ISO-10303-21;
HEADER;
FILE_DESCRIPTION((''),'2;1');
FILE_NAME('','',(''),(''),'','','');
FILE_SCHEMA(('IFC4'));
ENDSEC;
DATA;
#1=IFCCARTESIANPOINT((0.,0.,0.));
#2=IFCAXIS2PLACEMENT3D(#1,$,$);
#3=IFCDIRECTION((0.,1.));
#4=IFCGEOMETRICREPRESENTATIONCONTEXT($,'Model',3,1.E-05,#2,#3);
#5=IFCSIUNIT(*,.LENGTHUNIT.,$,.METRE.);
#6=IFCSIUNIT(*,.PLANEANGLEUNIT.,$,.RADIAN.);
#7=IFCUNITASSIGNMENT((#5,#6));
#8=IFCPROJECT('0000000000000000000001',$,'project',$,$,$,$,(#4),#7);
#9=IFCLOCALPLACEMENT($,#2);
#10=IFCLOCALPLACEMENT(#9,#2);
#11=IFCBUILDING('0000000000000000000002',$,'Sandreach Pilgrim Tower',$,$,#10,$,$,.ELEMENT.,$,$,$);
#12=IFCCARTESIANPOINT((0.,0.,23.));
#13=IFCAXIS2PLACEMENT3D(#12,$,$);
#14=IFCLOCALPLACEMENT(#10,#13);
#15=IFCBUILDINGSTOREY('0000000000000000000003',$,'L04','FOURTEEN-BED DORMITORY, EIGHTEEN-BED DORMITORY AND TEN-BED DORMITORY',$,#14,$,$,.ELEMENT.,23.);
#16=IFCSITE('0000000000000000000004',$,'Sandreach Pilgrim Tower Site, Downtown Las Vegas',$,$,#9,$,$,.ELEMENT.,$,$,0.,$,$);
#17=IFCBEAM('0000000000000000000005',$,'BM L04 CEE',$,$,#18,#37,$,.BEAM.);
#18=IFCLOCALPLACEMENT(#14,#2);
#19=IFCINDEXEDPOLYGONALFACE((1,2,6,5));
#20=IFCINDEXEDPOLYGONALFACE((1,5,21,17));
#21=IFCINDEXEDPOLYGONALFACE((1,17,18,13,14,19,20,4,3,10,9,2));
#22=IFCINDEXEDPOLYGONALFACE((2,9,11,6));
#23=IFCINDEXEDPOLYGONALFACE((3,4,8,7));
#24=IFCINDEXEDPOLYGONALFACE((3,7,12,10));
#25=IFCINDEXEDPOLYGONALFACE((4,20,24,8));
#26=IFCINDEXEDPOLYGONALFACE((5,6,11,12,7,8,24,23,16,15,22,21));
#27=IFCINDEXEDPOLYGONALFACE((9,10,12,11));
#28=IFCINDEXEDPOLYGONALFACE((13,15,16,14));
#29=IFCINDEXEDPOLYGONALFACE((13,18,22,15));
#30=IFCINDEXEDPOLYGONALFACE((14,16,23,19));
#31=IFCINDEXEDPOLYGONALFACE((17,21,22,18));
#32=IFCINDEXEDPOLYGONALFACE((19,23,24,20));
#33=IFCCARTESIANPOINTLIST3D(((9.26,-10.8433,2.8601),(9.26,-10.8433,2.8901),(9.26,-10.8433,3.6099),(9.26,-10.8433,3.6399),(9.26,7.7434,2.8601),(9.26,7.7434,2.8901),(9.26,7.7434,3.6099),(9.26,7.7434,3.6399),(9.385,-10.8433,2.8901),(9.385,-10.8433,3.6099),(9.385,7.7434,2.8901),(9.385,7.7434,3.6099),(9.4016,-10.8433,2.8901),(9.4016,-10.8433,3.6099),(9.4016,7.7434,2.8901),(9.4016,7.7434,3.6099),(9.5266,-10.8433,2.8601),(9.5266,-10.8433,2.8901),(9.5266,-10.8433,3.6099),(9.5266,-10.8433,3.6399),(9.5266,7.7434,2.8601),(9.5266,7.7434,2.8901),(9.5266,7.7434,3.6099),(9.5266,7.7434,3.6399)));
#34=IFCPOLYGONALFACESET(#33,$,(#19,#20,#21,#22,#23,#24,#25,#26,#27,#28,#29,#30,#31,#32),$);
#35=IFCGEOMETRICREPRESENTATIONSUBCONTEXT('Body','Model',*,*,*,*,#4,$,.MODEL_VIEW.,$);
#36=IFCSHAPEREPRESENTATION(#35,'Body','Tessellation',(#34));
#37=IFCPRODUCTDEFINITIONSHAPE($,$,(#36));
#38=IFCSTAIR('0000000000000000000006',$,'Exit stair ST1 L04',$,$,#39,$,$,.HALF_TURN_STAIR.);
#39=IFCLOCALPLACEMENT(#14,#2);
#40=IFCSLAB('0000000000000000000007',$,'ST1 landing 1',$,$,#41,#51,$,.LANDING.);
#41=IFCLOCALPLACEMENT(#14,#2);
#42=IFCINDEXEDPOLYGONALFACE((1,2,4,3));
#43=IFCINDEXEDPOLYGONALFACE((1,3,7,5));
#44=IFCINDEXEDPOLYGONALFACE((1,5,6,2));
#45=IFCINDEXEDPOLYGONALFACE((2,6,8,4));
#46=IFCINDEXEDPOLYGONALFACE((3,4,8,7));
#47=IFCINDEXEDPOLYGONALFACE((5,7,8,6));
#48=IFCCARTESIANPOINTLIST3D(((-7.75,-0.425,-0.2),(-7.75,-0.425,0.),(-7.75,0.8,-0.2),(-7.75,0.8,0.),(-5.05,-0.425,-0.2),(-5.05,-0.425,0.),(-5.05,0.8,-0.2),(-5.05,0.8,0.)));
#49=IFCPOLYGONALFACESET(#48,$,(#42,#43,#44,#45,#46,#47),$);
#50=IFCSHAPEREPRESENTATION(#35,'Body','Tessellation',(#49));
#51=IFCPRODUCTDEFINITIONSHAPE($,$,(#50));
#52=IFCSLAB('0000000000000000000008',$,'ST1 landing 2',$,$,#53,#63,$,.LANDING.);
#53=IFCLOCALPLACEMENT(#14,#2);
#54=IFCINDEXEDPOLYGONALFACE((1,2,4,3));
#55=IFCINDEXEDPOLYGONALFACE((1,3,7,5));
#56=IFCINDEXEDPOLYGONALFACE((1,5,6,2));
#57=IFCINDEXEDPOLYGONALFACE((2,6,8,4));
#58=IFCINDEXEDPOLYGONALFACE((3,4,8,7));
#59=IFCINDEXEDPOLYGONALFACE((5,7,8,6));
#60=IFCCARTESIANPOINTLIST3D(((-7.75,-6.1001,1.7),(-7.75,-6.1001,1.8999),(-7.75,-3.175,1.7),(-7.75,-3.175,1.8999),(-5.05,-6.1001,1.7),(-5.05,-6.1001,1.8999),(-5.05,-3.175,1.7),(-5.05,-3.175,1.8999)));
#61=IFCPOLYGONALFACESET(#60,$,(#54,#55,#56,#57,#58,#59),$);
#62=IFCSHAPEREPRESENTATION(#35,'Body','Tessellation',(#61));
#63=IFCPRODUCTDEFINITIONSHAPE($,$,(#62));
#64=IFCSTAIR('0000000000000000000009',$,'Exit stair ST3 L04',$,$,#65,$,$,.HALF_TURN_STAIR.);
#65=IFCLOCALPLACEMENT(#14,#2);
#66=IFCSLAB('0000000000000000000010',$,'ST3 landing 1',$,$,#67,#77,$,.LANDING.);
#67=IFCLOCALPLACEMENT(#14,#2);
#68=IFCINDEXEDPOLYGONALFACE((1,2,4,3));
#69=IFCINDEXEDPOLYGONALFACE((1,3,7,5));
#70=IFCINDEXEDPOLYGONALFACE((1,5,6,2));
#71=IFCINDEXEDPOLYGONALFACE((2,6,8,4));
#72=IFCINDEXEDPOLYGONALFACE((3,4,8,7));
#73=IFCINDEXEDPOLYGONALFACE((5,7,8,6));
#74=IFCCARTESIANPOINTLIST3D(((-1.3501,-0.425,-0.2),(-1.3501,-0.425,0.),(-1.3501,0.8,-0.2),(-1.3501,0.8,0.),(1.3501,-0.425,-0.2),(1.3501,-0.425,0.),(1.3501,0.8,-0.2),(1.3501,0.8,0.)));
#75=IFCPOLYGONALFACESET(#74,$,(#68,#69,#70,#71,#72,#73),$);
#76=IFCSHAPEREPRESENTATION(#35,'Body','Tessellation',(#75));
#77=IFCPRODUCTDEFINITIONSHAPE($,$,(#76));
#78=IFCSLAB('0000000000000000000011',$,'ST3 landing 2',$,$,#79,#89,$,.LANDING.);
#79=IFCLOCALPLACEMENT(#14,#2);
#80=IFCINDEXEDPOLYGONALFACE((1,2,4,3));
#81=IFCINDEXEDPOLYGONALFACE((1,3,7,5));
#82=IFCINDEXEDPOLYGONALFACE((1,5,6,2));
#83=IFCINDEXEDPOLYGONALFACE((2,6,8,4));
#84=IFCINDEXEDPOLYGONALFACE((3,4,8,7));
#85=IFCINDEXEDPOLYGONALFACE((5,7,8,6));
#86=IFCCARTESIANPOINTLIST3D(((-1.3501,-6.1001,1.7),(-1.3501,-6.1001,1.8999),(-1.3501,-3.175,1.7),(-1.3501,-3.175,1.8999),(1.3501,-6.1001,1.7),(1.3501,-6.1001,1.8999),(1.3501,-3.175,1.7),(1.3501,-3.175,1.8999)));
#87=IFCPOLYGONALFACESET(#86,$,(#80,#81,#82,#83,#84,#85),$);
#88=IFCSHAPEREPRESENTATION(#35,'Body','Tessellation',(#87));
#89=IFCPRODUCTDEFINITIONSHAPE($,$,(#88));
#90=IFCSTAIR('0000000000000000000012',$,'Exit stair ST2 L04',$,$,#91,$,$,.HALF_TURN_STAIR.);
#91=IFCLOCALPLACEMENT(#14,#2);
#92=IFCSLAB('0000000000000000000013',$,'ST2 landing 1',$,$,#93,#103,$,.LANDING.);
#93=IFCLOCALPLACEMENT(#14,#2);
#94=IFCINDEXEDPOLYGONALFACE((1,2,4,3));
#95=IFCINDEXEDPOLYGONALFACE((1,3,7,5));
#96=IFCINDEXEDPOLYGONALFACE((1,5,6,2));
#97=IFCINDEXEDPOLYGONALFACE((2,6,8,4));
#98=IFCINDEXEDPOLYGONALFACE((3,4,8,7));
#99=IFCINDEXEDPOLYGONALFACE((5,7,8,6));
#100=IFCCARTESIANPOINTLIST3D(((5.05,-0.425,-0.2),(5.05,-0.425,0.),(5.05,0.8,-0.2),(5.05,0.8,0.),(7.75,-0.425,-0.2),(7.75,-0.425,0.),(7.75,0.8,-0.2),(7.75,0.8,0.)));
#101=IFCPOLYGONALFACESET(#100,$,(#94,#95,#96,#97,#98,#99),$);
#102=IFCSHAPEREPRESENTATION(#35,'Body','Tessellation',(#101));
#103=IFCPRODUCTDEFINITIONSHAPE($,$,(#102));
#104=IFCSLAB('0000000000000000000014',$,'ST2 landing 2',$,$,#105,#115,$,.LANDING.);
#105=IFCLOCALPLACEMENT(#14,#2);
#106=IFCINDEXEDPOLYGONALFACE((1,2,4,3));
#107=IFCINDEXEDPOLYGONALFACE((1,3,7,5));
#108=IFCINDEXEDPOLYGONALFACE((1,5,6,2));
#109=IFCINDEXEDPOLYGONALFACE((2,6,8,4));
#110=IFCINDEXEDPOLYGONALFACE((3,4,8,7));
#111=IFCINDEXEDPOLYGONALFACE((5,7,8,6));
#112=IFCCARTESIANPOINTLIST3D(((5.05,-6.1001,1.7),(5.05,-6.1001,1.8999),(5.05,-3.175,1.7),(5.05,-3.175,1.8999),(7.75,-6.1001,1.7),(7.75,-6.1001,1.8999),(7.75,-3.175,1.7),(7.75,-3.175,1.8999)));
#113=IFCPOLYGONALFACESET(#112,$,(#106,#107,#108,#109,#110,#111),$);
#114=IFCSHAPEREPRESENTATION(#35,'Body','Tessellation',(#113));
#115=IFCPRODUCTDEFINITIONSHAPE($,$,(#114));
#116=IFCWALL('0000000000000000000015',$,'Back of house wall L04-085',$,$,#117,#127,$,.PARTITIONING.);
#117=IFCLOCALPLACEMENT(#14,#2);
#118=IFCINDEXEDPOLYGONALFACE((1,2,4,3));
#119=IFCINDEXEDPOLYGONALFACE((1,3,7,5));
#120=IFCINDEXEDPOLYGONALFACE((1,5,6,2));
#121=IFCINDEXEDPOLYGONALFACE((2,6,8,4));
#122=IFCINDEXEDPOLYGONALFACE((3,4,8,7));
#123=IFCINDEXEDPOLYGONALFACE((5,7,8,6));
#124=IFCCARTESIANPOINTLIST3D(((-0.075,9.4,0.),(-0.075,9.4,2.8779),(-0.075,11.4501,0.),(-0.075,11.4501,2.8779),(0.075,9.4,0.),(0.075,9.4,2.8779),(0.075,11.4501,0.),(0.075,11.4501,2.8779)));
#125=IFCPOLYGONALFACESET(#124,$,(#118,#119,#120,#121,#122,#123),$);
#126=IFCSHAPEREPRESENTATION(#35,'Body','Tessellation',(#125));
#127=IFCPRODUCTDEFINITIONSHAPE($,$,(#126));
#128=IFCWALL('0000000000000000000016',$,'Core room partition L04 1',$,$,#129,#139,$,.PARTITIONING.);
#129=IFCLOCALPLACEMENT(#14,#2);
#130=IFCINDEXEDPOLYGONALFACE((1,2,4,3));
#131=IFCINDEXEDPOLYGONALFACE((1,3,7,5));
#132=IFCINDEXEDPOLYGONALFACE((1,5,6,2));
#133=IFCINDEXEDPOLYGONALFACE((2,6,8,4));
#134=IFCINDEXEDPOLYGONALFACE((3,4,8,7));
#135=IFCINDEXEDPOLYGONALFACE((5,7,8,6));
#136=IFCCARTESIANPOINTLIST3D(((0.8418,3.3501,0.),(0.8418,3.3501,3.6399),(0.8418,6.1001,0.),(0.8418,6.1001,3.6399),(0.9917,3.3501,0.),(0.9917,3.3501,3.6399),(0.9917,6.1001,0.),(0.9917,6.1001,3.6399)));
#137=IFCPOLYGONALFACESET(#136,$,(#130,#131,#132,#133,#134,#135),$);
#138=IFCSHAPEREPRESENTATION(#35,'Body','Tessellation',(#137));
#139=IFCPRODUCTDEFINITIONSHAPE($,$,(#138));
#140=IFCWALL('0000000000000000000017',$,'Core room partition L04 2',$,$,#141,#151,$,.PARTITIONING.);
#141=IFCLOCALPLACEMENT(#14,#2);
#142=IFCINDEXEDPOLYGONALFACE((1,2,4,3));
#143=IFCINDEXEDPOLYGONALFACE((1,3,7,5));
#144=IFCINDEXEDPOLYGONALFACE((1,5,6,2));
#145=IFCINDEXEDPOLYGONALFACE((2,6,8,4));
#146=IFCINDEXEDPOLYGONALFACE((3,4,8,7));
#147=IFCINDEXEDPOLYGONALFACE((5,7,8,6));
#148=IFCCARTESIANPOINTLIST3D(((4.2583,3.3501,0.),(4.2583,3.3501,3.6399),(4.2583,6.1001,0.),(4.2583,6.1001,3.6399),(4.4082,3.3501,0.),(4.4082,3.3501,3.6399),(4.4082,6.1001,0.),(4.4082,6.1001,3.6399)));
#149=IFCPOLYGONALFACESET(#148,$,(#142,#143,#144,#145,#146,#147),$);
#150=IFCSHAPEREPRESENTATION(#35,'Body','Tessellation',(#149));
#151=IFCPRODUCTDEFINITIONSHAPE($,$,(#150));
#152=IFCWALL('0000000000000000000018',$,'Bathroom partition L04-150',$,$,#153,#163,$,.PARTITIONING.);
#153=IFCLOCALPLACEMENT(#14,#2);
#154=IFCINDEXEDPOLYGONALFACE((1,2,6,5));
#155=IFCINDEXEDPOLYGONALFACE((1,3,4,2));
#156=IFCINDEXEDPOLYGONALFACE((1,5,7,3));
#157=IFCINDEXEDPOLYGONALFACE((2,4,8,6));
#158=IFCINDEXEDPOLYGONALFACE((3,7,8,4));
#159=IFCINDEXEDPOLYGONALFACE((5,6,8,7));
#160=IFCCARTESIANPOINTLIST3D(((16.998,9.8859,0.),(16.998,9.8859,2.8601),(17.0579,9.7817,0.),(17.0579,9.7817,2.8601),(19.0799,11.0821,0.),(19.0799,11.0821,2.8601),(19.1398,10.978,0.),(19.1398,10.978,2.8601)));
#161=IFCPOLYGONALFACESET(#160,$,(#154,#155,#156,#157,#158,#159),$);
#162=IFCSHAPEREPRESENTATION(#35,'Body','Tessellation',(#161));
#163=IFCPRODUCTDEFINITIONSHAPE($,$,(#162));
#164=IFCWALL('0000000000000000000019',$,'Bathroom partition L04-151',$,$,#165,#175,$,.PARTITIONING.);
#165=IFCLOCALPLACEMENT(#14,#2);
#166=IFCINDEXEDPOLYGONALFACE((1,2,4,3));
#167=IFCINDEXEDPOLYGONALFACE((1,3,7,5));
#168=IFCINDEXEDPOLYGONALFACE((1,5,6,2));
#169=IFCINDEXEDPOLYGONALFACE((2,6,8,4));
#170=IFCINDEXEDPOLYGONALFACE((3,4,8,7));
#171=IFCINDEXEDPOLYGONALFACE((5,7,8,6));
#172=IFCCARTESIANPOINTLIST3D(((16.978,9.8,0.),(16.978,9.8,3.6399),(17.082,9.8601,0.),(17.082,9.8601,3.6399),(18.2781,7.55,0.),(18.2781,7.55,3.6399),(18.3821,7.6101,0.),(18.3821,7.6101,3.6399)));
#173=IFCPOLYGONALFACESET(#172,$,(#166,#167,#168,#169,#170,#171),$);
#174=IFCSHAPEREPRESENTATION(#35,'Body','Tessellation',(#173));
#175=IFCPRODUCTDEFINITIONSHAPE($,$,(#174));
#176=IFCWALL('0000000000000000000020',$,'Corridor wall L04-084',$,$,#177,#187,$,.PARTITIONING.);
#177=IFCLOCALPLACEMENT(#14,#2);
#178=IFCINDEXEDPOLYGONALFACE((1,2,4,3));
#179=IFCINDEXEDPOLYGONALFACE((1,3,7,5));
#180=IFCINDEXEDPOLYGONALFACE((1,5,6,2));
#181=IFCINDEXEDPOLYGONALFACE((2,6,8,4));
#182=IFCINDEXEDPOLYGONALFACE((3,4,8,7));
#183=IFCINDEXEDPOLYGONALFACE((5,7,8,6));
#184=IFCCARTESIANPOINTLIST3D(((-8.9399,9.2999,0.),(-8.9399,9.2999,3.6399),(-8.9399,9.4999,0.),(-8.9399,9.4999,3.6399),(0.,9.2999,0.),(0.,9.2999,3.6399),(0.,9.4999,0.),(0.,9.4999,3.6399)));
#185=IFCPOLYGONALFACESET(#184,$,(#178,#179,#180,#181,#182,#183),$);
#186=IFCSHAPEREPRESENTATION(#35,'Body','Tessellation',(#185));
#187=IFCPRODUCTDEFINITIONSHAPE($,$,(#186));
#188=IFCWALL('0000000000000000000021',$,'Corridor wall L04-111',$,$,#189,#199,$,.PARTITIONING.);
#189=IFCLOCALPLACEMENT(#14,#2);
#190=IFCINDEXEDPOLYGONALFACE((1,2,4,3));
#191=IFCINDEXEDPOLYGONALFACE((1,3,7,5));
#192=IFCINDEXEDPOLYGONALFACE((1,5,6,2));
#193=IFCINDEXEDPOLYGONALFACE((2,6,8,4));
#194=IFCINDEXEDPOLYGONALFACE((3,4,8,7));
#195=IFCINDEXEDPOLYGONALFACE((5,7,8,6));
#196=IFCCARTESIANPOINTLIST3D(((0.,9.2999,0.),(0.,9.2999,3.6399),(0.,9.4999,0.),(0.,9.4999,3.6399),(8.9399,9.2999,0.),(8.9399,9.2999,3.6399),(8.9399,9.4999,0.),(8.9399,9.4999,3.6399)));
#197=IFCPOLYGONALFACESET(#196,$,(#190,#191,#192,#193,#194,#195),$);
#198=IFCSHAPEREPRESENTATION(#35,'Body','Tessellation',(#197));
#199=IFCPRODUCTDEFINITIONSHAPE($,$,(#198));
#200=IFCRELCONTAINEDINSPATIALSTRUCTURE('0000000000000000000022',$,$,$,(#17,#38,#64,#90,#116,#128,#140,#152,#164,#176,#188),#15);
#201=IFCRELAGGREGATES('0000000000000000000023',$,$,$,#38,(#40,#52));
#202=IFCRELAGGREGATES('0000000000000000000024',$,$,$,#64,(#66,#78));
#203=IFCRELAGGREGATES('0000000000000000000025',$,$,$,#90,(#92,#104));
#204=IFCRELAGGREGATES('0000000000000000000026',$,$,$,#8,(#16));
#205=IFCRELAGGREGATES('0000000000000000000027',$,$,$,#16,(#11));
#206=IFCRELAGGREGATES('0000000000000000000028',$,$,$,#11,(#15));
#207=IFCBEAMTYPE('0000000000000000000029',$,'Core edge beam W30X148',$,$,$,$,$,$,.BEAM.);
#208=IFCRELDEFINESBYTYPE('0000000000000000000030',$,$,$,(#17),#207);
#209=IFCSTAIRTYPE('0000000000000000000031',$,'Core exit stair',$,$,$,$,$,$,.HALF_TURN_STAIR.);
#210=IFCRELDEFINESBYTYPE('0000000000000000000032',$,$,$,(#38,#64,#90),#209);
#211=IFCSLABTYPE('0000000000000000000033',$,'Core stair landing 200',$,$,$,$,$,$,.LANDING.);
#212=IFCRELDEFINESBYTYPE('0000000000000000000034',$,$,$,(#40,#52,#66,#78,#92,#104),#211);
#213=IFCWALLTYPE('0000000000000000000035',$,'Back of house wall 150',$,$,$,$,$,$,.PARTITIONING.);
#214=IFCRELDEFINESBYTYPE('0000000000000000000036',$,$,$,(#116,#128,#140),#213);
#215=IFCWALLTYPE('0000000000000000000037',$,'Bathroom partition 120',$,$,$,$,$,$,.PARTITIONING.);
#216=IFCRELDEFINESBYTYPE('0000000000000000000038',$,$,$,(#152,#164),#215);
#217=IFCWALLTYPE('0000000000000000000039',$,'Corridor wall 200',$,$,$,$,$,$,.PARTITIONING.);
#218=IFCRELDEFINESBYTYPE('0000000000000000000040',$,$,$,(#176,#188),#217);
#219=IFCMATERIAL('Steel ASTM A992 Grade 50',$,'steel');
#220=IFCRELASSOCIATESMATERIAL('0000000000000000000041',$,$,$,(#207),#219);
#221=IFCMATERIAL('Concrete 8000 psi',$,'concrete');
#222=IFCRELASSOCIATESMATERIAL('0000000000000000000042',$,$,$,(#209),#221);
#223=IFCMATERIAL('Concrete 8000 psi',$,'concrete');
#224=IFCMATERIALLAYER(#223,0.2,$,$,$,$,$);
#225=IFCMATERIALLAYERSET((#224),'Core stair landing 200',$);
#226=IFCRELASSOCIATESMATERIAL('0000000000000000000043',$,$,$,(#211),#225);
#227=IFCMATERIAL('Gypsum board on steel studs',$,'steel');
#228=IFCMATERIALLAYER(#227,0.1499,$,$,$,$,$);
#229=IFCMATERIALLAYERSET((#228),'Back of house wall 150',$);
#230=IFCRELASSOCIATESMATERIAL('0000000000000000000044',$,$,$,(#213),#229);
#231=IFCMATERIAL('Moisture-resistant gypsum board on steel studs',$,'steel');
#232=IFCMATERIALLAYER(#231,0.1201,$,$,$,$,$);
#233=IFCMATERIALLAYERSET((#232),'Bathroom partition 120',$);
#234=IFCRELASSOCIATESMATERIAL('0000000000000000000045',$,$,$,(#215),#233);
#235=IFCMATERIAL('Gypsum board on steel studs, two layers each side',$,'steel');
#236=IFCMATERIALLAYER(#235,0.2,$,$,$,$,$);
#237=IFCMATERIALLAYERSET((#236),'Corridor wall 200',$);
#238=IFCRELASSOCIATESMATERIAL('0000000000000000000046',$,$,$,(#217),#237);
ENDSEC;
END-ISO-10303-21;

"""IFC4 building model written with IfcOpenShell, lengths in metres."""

from ifc_helpers import new_model, si_unit, direction, frame, frame_2d, origin, origin_2d, place, context, subcontext, project, spatial, polyline, rectangle, i_section, outline, extrude, material, layer, layer_set, material_profile, profile_set, type_object, element, aggregate, save


model = new_model("IFC4")

# Units and contexts
model_context = context("Model", 3, precision=1e-05, world=origin(), true_north=direction((0.0, 1.0)))
body_context = subcontext(model_context, "Body", "Model", "MODEL_VIEW")
ifc_project = project(units=[si_unit("LENGTHUNIT", "METRE"), si_unit("PLANEANGLEUNIT", "RADIAN")], contexts=[model_context])

# Site, building, storey
site_placement = place(None, origin())
site = spatial("IfcSite", under=ifc_project, at=site_placement, Name="Sandreach Pilgrim Tower Site, Downtown Las Vegas", CompositionType="ELEMENT", RefElevation=0.0)
building_placement = place(site_placement, origin())
building = spatial("IfcBuilding", under=site, at=building_placement, Name="Sandreach Pilgrim Tower", CompositionType="ELEMENT")
storey_placement = place(building_placement, frame((0.0, 0.0, 23.0)))
storey = spatial("IfcBuildingStorey", under=building, at=storey_placement, Name="L04", Description="FOURTEEN-BED DORMITORY, EIGHTEEN-BED DORMITORY AND TEN-BED DORMITORY", CompositionType="ELEMENT", Elevation=23.0)

# Beam
ifc_material_1 = material(Name="Steel ASTM A992 Grade 50", Category="steel")
ifc_material_profile = material_profile(ifc_material_1, i_section(OverallWidth=0.2666, OverallDepth=0.7798, WebThickness=0.0166, FlangeThickness=0.03, at=origin_2d()), Name="W30X148")
ifc_profile_set = profile_set([ifc_material_profile], Name="Steel ASTM A992 Grade 50")
beam_type = type_object("IfcBeamType", Name="Core edge beam W30X148", PredefinedType="BEAM", material=ifc_profile_set)
beam_placement = place(storey_placement, frame((9.3933, 7.7434, 3.25), z_axis=(0.0, -1.0, 0.0), x_axis=(1.0, 0.0, 0.0)))
element("IfcBeam", 1, at=beam_placement, inside=storey, type_object=beam_type, Name="BM L04 CEE", PredefinedType="BEAM", context=body_context, shape_type="SweptSolid", body=[
    extrude(i_section(OverallWidth=0.2666, OverallDepth=0.7798, WebThickness=0.0166, FlangeThickness=0.03, at=origin_2d()), origin(), (0.0, 0.0, 1.0), 18.5867),
])

# Stairs, slabs
ifc_material_2 = material(Name="Concrete 8000 psi", Category="concrete")
stair_type = type_object("IfcStairType", Name="Core exit stair", PredefinedType="HALF_TURN_STAIR", material=ifc_material_2)
stair_1_placement = place(storey_placement, origin())
stair_1 = element("IfcStair", 2, at=stair_1_placement, inside=storey, type_object=stair_type, Name="Exit stair ST1 L04", PredefinedType="HALF_TURN_STAIR")
ifc_material_3 = material(Name="Concrete 8000 psi", Category="concrete")
ifc_layer_1 = layer(ifc_material_3, 0.2)
ifc_layer_set_1 = layer_set([ifc_layer_1], Name="Core stair landing 200")
slab_type = type_object("IfcSlabType", Name="Core stair landing 200", PredefinedType="LANDING", material=ifc_layer_set_1)
slab_1_placement = place(storey_placement, frame((0.0, 0.0, -0.2)))
slab_1 = element("IfcSlab", 3, at=slab_1_placement, type_object=slab_type, Name="ST1 landing 1", PredefinedType="LANDING", context=body_context, shape_type="SweptSolid", body=[
    extrude(outline(polyline([(-7.75, -0.425), (-5.05, -0.425), (-5.05, 0.8), (-7.75, 0.8), (-7.75, -0.425)])), origin(), (0.0, 0.0, 1.0), 0.2),
])
slab_2_placement = place(storey_placement, frame((0.0, 0.0, 1.7)))
slab_2 = element("IfcSlab", 4, at=slab_2_placement, type_object=slab_type, Name="ST1 landing 2", PredefinedType="LANDING", context=body_context, shape_type="SweptSolid", body=[
    extrude(outline(polyline([(-7.75, -6.1001), (-5.05, -6.1001), (-5.05, -3.175), (-7.75, -3.175), (-7.75, -6.1001)])), origin(), (0.0, 0.0, 1.0), 0.2),
])
aggregate(stair_1, [slab_1, slab_2])
stair_2_placement = place(storey_placement, origin())
stair_2 = element("IfcStair", 5, at=stair_2_placement, inside=storey, type_object=stair_type, Name="Exit stair ST3 L04", PredefinedType="HALF_TURN_STAIR")
slab_3_placement = place(storey_placement, frame((0.0, 0.0, -0.2)))
slab_3 = element("IfcSlab", 6, at=slab_3_placement, type_object=slab_type, Name="ST3 landing 1", PredefinedType="LANDING", context=body_context, shape_type="SweptSolid", body=[
    extrude(outline(polyline([(-1.3501, -0.425), (1.3501, -0.425), (1.3501, 0.8), (-1.3501, 0.8), (-1.3501, -0.425)])), origin(), (0.0, 0.0, 1.0), 0.2),
])
slab_4_placement = place(storey_placement, frame((0.0, 0.0, 1.7)))
slab_4 = element("IfcSlab", 7, at=slab_4_placement, type_object=slab_type, Name="ST3 landing 2", PredefinedType="LANDING", context=body_context, shape_type="SweptSolid", body=[
    extrude(outline(polyline([(-1.3501, -6.1001), (1.3501, -6.1001), (1.3501, -3.175), (-1.3501, -3.175), (-1.3501, -6.1001)])), origin(), (0.0, 0.0, 1.0), 0.2),
])
aggregate(stair_2, [slab_3, slab_4])
stair_3_placement = place(storey_placement, origin())
stair_3 = element("IfcStair", 8, at=stair_3_placement, inside=storey, type_object=stair_type, Name="Exit stair ST2 L04", PredefinedType="HALF_TURN_STAIR")
slab_5_placement = place(storey_placement, frame((0.0, 0.0, -0.2)))
slab_5 = element("IfcSlab", 9, at=slab_5_placement, type_object=slab_type, Name="ST2 landing 1", PredefinedType="LANDING", context=body_context, shape_type="SweptSolid", body=[
    extrude(outline(polyline([(5.05, -0.425), (7.75, -0.425), (7.75, 0.8), (5.05, 0.8), (5.05, -0.425)])), origin(), (0.0, 0.0, 1.0), 0.2),
])
slab_6_placement = place(storey_placement, frame((0.0, 0.0, 1.7)))
slab_6 = element("IfcSlab", 10, at=slab_6_placement, type_object=slab_type, Name="ST2 landing 2", PredefinedType="LANDING", context=body_context, shape_type="SweptSolid", body=[
    extrude(outline(polyline([(5.05, -6.1001), (7.75, -6.1001), (7.75, -3.175), (5.05, -3.175), (5.05, -6.1001)])), origin(), (0.0, 0.0, 1.0), 0.2),
])
aggregate(stair_3, [slab_5, slab_6])

# Walls
ifc_material_4 = material(Name="Gypsum board on steel studs", Category="steel")
ifc_layer_2 = layer(ifc_material_4, 0.1499)
ifc_layer_set_2 = layer_set([ifc_layer_2], Name="Back of house wall 150")
wall_type_1 = type_object("IfcWallType", Name="Back of house wall 150", PredefinedType="PARTITIONING", material=ifc_layer_set_2)
wall_1_placement = place(storey_placement, frame((0.0, 11.45, 0.0), z_axis=(0.0, 0.0, 1.0), x_axis=(0.0, -1.0, 0.0)))
element("IfcWall", 11, at=wall_1_placement, inside=storey, type_object=wall_type_1, Name="Back of house wall L04-085", PredefinedType="PARTITIONING", context=body_context, shape_type="SweptSolid", body=[
    extrude(rectangle(XDim=2.05, YDim=0.1499, at=frame_2d((1.0249, 0.0))), origin(), (0.0, 0.0, 1.0), 2.8779),
])
for number, where, z_axis, x_axis, name in (
    (12, (0.9167, 3.3501, 0.0), (0.0, 0.0, 1.0), (0.0, 1.0, 0.0), "Core room partition L04 1"),
    (13, (4.3333, 3.3501, 0.0), (0.0, 0.0, 1.0), (0.0, 1.0, 0.0), "Core room partition L04 2"),
):
    element("IfcWall", number, at=place(storey_placement, frame(where, z_axis=z_axis, x_axis=x_axis)), inside=storey, type_object=wall_type_1, Name=name, PredefinedType="PARTITIONING", context=body_context, shape_type="SweptSolid", body=[
        extrude(rectangle(XDim=2.75, YDim=0.1499, at=frame_2d((1.375, 0.0))), origin(), (0.0, 0.0, 1.0), 3.6399),
    ])
ifc_material_5 = material(Name="Moisture-resistant gypsum board on steel studs", Category="steel")
ifc_layer_3 = layer(ifc_material_5, 0.1201)
ifc_layer_set_3 = layer_set([ifc_layer_3], Name="Bathroom partition 120")
wall_type_2 = type_object("IfcWallType", Name="Bathroom partition 120", PredefinedType="PARTITIONING", material=ifc_layer_set_3)
wall_2_placement = place(storey_placement, frame((17.0278, 9.8337, 0.0), z_axis=(0.0, 0.0, 1.0), x_axis=(0.867064, 0.498196, 0.0)))
element("IfcWall", 14, at=wall_2_placement, inside=storey, type_object=wall_type_2, Name="Bathroom partition L04-150", PredefinedType="PARTITIONING", context=body_context, shape_type="SweptSolid", body=[
    extrude(rectangle(XDim=2.4011, YDim=0.1201, at=frame_2d((1.2007, 0.0))), origin(), (0.0, 0.0, 1.0), 2.8601),
])
wall_3_placement = place(storey_placement, frame((17.03, 9.8301, 0.0), z_axis=(0.0, 0.0, 1.0), x_axis=(0.500292, -0.865857, 0.0)))
element("IfcWall", 15, at=wall_3_placement, inside=storey, type_object=wall_type_2, Name="Bathroom partition L04-151", PredefinedType="PARTITIONING", context=body_context, shape_type="SweptSolid", body=[
    extrude(rectangle(XDim=2.5986, YDim=0.1201, at=frame_2d((1.2993, 0.0))), origin(), (0.0, 0.0, 1.0), 3.6399),
])

# Wall
ifc_material_6 = material(Name="Gypsum board on steel studs, two layers each side", Category="steel")
ifc_layer_4 = layer(ifc_material_6, 0.2)
ifc_layer_set_4 = layer_set([ifc_layer_4], Name="Corridor wall 200")
wall_type_3 = type_object("IfcWallType", Name="Corridor wall 200", PredefinedType="PARTITIONING", material=ifc_layer_set_4)
wall_4_placement = place(storey_placement, frame((0.0, 9.3999, 0.0), z_axis=(0.0, 0.0, 1.0), x_axis=(-1.0, 0.0, 0.0)))
element("IfcWall", 16, at=wall_4_placement, inside=storey, type_object=wall_type_3, Name="Corridor wall L04-084", PredefinedType="PARTITIONING", context=body_context, shape_type="SweptSolid", body=[
    extrude(rectangle(XDim=8.9399, YDim=0.2, at=frame_2d((4.47, 0.0))), origin(), (0.0, 0.0, 1.0), 3.6399),
])

# Wall
wall_5_placement = place(storey_placement, frame((8.9399, 9.3999, 0.0), z_axis=(0.0, 0.0, 1.0), x_axis=(-1.0, 0.0, 0.0)))
element("IfcWall", 17, at=wall_5_placement, inside=storey, type_object=wall_type_3, Name="Corridor wall L04-111", PredefinedType="PARTITIONING", context=body_context, shape_type="SweptSolid", body=[
    extrude(rectangle(XDim=8.9399, YDim=0.2, at=frame_2d((4.47, 0.0))), origin(), (0.0, 0.0, 1.0), 3.6399),
])

save(model, "model.ifc")
